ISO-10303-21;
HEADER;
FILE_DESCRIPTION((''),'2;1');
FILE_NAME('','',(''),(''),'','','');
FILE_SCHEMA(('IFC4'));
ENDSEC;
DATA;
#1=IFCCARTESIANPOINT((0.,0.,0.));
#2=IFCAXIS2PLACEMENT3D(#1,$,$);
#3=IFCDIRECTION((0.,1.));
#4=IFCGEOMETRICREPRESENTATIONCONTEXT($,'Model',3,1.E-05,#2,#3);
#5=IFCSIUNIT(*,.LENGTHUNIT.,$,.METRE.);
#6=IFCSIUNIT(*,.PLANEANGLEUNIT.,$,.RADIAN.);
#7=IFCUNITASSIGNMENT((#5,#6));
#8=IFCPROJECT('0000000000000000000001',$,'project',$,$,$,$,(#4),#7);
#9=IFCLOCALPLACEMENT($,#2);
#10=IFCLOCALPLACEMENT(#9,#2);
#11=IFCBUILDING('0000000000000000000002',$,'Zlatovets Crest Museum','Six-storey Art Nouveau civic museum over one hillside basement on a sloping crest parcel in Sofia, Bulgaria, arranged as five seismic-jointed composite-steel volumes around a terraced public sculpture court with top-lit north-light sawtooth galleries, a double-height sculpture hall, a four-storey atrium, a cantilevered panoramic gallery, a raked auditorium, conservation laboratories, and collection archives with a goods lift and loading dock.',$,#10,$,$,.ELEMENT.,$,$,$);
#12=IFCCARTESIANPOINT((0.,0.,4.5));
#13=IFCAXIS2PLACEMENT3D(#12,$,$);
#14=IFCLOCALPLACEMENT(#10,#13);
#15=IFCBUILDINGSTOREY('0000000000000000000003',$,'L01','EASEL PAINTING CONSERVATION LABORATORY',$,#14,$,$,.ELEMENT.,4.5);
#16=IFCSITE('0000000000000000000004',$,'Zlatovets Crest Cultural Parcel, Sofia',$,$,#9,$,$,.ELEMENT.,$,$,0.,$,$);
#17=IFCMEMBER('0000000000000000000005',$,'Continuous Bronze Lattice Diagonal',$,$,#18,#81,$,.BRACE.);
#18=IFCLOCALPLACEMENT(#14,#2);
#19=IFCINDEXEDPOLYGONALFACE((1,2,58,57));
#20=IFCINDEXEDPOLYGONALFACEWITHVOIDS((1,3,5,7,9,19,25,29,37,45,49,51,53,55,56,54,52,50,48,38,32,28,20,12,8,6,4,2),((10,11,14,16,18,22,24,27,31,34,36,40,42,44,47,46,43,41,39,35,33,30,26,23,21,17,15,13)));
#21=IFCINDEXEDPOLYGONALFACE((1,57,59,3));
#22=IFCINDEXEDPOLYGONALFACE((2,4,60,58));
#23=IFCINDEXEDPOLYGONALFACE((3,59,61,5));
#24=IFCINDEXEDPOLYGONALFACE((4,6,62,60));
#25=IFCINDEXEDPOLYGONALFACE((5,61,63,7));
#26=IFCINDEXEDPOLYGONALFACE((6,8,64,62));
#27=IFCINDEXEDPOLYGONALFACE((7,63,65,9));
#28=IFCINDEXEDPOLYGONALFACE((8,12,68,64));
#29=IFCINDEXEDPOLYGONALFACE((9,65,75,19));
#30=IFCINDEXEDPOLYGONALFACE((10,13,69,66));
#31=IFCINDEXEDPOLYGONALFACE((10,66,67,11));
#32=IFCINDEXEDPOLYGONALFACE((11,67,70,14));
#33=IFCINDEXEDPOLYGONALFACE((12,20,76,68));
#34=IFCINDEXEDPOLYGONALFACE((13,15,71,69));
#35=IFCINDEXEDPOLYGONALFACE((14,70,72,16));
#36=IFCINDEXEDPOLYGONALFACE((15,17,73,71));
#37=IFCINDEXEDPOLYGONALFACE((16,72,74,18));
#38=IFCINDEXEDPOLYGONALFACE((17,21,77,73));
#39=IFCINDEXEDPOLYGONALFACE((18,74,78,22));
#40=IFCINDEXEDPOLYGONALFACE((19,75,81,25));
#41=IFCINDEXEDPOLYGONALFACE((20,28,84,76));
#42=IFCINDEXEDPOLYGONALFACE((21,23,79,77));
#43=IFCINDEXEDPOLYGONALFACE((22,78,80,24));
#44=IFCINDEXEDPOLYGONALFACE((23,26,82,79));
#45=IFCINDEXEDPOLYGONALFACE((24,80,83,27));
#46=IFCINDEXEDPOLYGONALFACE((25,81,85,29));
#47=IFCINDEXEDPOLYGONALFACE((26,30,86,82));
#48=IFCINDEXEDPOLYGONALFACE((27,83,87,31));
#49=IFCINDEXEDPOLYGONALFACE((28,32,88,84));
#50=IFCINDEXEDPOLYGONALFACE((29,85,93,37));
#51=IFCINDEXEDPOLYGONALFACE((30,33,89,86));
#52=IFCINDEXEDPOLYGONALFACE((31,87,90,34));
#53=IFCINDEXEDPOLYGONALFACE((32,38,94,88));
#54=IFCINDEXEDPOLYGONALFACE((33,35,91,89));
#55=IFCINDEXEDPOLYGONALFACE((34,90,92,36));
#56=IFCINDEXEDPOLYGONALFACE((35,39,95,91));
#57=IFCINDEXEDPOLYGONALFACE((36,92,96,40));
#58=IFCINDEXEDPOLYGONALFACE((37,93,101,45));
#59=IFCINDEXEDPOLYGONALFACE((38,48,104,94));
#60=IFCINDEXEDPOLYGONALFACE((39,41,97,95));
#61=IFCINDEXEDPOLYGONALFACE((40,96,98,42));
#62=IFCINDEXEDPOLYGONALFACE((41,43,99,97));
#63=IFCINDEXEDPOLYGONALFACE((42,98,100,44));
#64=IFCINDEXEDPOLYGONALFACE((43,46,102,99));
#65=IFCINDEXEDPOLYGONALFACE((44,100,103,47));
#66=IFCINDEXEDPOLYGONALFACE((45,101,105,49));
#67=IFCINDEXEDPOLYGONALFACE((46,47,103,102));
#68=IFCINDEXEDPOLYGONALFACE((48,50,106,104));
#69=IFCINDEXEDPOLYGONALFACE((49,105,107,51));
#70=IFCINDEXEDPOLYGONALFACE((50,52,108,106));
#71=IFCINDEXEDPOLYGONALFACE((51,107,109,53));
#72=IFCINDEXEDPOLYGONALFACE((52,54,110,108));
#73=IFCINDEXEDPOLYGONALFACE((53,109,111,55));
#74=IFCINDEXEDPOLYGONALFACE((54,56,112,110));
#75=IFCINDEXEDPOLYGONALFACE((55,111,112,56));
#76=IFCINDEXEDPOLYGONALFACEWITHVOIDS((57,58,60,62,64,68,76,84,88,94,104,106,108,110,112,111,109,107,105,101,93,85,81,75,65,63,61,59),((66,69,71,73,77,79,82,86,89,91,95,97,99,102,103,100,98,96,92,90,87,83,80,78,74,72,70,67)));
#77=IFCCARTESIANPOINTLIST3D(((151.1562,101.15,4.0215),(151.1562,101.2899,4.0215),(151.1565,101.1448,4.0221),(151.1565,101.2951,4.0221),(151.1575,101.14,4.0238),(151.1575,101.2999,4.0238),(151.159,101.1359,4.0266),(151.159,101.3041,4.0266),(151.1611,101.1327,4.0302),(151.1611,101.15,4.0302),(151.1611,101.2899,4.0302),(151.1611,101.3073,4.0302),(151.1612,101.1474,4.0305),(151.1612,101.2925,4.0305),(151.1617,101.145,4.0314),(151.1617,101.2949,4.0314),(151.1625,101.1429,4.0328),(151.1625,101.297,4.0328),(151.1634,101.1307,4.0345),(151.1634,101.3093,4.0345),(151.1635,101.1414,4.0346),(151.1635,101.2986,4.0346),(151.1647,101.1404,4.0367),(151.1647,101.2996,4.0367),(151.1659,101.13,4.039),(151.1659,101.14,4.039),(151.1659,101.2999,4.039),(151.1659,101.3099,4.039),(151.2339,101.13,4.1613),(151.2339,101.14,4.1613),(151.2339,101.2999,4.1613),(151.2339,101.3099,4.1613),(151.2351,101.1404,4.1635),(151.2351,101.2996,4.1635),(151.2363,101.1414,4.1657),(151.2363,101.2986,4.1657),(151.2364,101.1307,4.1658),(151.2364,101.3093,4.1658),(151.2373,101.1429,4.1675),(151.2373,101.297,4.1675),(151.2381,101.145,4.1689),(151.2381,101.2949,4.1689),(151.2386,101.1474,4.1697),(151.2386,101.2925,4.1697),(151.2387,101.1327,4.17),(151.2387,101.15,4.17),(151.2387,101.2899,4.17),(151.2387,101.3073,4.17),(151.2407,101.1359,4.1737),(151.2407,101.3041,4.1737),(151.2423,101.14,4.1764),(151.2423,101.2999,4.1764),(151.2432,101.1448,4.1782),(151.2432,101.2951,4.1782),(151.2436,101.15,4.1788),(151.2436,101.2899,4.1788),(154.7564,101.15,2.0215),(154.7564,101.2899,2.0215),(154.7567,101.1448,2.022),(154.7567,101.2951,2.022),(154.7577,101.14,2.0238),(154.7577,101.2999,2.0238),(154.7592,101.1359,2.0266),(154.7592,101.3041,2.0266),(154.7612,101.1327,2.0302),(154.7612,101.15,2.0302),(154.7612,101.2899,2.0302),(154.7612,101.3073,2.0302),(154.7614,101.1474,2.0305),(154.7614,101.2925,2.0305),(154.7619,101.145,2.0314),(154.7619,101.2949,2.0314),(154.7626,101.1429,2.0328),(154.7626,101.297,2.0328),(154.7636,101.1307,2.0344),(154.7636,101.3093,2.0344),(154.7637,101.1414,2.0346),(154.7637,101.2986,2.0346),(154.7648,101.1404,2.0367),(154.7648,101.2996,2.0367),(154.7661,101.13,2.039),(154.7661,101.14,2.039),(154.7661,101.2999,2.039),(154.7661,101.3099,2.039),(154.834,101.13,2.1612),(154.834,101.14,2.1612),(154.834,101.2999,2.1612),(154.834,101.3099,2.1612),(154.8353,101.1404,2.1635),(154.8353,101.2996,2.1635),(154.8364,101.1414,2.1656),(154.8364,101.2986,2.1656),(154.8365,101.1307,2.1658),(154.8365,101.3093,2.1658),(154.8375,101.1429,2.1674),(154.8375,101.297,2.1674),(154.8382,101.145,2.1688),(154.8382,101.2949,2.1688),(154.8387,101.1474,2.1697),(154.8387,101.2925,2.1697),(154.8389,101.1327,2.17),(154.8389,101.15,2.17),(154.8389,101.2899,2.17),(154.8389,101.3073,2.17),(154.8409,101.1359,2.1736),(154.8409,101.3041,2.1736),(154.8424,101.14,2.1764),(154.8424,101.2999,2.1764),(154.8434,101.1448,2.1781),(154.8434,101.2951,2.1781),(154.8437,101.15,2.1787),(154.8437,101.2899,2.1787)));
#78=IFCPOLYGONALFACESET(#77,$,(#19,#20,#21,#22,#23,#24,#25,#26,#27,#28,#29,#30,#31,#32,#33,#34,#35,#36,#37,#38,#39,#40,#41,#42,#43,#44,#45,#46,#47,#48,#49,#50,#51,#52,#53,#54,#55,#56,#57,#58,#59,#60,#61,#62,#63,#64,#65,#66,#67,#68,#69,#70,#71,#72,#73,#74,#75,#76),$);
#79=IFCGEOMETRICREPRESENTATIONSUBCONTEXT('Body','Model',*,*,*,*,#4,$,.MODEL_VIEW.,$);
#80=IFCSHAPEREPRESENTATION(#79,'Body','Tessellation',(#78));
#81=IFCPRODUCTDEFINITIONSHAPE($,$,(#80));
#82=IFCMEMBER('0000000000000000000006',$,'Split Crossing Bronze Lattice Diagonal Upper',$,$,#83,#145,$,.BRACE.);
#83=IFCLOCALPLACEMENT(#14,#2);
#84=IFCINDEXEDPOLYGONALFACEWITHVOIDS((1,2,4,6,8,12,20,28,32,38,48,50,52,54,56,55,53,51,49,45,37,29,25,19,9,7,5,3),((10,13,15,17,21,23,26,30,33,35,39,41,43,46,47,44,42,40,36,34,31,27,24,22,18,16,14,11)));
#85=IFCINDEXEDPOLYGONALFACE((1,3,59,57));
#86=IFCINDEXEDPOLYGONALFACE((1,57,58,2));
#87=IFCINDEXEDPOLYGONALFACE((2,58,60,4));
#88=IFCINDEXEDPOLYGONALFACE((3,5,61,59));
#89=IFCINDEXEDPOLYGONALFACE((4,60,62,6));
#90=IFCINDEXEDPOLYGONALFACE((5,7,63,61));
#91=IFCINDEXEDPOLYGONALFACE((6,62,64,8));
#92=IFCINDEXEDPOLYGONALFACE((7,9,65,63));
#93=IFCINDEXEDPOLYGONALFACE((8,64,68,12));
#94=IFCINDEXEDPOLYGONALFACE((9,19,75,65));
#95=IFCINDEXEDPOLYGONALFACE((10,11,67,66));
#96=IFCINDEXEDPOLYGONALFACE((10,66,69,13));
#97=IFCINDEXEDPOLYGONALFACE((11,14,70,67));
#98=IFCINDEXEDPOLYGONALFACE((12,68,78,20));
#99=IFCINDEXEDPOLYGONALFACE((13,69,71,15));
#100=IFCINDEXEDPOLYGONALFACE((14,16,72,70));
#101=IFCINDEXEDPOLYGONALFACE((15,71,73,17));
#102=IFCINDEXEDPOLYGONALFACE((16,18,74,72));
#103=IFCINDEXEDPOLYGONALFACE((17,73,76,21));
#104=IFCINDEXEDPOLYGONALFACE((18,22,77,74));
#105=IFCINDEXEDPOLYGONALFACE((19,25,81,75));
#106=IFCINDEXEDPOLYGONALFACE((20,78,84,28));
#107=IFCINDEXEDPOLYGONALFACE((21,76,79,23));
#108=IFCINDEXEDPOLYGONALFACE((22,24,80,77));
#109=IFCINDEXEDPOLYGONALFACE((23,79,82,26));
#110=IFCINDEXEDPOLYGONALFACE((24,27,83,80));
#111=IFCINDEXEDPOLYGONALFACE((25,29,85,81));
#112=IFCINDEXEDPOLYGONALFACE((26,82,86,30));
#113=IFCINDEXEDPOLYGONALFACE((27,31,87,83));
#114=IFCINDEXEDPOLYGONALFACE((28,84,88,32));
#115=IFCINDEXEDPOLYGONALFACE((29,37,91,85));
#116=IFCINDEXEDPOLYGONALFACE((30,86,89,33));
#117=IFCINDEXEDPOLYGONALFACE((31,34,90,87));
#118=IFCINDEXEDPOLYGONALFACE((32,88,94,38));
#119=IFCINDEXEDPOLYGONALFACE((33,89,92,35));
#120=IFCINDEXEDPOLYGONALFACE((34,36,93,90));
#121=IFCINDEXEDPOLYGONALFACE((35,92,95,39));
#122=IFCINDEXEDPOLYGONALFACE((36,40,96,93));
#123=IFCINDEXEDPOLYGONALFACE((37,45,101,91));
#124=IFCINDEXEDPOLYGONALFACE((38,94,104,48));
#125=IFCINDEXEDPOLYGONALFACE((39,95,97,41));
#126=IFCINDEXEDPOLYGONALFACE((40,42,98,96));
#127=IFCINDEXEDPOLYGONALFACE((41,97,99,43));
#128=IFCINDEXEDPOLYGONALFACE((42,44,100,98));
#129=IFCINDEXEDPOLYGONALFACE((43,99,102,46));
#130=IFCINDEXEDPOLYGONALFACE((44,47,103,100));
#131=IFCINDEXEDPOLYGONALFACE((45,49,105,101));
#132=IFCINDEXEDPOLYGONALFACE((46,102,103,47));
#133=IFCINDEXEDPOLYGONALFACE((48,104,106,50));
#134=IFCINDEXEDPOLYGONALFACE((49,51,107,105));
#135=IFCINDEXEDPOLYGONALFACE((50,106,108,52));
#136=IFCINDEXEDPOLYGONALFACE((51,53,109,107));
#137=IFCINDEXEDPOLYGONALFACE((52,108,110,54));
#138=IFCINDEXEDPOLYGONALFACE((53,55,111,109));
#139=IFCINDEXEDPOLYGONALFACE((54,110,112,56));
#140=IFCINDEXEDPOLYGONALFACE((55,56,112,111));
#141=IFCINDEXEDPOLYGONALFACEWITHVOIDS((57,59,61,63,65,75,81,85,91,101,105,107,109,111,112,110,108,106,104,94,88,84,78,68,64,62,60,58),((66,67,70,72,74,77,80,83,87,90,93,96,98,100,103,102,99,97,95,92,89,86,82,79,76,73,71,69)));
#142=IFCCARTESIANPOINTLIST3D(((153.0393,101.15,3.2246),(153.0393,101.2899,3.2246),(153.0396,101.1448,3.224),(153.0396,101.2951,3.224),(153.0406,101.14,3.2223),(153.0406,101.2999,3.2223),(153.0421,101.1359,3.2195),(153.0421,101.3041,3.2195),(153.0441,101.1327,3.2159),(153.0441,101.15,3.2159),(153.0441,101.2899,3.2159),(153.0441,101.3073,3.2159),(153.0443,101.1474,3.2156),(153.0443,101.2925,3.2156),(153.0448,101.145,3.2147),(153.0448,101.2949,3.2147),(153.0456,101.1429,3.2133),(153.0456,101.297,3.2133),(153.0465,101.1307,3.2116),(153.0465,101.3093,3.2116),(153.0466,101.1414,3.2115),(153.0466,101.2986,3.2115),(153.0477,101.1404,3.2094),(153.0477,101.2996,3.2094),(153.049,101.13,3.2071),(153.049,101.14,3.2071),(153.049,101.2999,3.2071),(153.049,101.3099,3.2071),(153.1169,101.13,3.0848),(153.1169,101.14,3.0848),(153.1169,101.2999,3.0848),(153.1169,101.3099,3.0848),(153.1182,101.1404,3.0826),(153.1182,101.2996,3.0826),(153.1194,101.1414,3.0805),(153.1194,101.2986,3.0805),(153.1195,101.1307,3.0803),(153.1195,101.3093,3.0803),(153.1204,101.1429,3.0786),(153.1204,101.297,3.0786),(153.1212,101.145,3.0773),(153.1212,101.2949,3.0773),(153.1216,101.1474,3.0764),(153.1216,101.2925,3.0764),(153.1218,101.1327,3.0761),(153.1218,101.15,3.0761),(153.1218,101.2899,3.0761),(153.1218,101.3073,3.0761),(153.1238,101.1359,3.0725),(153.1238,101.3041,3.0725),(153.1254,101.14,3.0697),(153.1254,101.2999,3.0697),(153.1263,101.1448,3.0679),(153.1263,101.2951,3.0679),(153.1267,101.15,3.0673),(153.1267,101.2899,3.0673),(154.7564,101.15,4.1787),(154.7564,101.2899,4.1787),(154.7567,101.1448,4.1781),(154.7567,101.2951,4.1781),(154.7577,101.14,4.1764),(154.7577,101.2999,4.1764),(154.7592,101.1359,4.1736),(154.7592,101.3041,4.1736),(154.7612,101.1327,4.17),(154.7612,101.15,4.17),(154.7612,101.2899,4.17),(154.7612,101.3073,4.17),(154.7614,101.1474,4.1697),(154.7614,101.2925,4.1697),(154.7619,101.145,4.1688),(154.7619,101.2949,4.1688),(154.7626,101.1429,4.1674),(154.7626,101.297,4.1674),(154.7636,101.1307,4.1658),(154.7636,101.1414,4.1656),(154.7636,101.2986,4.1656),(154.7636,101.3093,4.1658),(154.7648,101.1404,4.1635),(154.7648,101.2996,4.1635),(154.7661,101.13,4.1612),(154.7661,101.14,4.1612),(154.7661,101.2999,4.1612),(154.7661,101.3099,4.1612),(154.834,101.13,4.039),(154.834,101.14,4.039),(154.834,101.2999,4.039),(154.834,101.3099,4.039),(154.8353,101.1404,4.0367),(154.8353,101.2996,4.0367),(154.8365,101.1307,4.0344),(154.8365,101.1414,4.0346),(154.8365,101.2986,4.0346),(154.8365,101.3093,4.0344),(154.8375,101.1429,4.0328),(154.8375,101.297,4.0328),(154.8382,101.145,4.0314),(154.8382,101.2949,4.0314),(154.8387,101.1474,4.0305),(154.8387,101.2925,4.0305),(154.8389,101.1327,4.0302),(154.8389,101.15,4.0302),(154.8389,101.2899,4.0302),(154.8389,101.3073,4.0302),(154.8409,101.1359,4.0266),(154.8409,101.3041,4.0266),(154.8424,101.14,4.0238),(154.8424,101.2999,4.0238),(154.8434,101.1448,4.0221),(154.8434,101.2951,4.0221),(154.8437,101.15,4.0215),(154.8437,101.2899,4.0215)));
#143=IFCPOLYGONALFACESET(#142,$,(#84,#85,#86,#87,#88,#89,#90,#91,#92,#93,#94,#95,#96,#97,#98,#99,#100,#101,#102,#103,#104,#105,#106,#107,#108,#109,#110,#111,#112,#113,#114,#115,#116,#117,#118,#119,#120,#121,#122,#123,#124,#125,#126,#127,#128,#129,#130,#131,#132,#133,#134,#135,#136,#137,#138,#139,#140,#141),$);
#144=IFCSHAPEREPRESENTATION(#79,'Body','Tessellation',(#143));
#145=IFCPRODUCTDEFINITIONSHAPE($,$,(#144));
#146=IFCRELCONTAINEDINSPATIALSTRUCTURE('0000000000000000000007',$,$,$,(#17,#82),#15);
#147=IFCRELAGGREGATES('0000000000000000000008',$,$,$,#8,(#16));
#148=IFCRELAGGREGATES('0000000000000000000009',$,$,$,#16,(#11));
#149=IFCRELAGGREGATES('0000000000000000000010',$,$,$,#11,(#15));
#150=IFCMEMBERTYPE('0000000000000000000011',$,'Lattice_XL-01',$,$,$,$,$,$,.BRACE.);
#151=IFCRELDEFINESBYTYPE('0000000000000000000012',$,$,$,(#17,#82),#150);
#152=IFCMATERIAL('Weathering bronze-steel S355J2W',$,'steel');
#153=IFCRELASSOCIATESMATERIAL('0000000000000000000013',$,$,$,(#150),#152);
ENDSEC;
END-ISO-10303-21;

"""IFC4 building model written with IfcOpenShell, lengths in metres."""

from ifc_helpers import new_model, si_unit, direction, frame, origin, origin_2d, place, context, subcontext, project, spatial, hollow_rectangle, extrude, material, material_profile, profile_set, type_object, element, save


model = new_model("IFC4")

# Units and contexts
model_context = context("Model", 3, precision=1e-05, world=origin(), true_north=direction((0.0, 1.0)))
body_context = subcontext(model_context, "Body", "Model", "MODEL_VIEW")
ifc_project = project(units=[si_unit("LENGTHUNIT", "METRE"), si_unit("PLANEANGLEUNIT", "RADIAN")], contexts=[model_context])

# Site, building, storey
site_placement = place(None, origin())
site = spatial("IfcSite", under=ifc_project, at=site_placement, Name="Zlatovets Crest Cultural Parcel, Sofia", CompositionType="ELEMENT", RefElevation=0.0)
building_placement = place(site_placement, origin())
building = spatial("IfcBuilding", under=site, at=building_placement, Name="Zlatovets Crest Museum", Description="Six-storey Art Nouveau civic museum over one hillside basement on a sloping crest parcel in Sofia, Bulgaria, arranged as five seismic-jointed composite-steel volumes around a terraced public sculpture court with top-lit north-light sawtooth galleries, a double-height sculpture hall, a four-storey atrium, a cantilevered panoramic gallery, a raked auditorium, conservation laboratories, and collection archives with a goods lift and loading dock.", CompositionType="ELEMENT")
storey_placement = place(building_placement, frame((0.0, 0.0, 4.5)))
storey = spatial("IfcBuildingStorey", under=building, at=storey_placement, Name="L01", Description="EASEL PAINTING CONSERVATION LABORATORY", CompositionType="ELEMENT", Elevation=4.5)

# Members
ifc_material_1 = material(Name="Weathering bronze-steel S355J2W", Category="steel")
ifc_material_profile_1 = material_profile(ifc_material_1, hollow_rectangle(XDim=0.1799, YDim=0.1799, WallThickness=0.01, InnerFilletRadius=0.01, OuterFilletRadius=0.02, at=origin_2d()), Name="SHS 180x180x10.0")
ifc_profile_set_1 = profile_set([ifc_material_profile_1], Name="Weathering bronze-steel S355J2W")
member_type_1 = type_object("IfcMemberType", Name="Lattice_XL-01", PredefinedType="BRACE", material=ifc_profile_set_1)
member_1_placement = place(storey_placement, frame((154.8, 101.22, 2.1001), z_axis=(-0.874163, 0.0, 0.485633), x_axis=(0.0, -1.0, 0.0)))
element("IfcMember", 1, at=member_1_placement, inside=storey, type_object=member_type_1, Name="Continuous Bronze Lattice Diagonal", PredefinedType="BRACE", context=body_context, shape_type="SweptSolid", body=[
    extrude(hollow_rectangle(XDim=0.1799, YDim=0.1799, WallThickness=0.01, InnerFilletRadius=0.01, OuterFilletRadius=0.02, at=origin_2d()), origin(), (0.0, 0.0, 1.0), 4.1184),
])
member_2_placement = place(storey_placement, frame((154.8, 101.22, 4.1001), z_axis=(-0.874116, 0.0, -0.485717), x_axis=(0.0, -1.0, 0.0)))
element("IfcMember", 2, at=member_2_placement, inside=storey, type_object=member_type_1, Name="Split Crossing Bronze Lattice Diagonal Upper", PredefinedType="BRACE", context=body_context, shape_type="SweptSolid", body=[
    extrude(hollow_rectangle(XDim=0.1799, YDim=0.1799, WallThickness=0.01, InnerFilletRadius=0.01, OuterFilletRadius=0.02, at=origin_2d()), origin(), (0.0, 0.0, 1.0), 1.9644),
])

save(model, "model.ifc")
